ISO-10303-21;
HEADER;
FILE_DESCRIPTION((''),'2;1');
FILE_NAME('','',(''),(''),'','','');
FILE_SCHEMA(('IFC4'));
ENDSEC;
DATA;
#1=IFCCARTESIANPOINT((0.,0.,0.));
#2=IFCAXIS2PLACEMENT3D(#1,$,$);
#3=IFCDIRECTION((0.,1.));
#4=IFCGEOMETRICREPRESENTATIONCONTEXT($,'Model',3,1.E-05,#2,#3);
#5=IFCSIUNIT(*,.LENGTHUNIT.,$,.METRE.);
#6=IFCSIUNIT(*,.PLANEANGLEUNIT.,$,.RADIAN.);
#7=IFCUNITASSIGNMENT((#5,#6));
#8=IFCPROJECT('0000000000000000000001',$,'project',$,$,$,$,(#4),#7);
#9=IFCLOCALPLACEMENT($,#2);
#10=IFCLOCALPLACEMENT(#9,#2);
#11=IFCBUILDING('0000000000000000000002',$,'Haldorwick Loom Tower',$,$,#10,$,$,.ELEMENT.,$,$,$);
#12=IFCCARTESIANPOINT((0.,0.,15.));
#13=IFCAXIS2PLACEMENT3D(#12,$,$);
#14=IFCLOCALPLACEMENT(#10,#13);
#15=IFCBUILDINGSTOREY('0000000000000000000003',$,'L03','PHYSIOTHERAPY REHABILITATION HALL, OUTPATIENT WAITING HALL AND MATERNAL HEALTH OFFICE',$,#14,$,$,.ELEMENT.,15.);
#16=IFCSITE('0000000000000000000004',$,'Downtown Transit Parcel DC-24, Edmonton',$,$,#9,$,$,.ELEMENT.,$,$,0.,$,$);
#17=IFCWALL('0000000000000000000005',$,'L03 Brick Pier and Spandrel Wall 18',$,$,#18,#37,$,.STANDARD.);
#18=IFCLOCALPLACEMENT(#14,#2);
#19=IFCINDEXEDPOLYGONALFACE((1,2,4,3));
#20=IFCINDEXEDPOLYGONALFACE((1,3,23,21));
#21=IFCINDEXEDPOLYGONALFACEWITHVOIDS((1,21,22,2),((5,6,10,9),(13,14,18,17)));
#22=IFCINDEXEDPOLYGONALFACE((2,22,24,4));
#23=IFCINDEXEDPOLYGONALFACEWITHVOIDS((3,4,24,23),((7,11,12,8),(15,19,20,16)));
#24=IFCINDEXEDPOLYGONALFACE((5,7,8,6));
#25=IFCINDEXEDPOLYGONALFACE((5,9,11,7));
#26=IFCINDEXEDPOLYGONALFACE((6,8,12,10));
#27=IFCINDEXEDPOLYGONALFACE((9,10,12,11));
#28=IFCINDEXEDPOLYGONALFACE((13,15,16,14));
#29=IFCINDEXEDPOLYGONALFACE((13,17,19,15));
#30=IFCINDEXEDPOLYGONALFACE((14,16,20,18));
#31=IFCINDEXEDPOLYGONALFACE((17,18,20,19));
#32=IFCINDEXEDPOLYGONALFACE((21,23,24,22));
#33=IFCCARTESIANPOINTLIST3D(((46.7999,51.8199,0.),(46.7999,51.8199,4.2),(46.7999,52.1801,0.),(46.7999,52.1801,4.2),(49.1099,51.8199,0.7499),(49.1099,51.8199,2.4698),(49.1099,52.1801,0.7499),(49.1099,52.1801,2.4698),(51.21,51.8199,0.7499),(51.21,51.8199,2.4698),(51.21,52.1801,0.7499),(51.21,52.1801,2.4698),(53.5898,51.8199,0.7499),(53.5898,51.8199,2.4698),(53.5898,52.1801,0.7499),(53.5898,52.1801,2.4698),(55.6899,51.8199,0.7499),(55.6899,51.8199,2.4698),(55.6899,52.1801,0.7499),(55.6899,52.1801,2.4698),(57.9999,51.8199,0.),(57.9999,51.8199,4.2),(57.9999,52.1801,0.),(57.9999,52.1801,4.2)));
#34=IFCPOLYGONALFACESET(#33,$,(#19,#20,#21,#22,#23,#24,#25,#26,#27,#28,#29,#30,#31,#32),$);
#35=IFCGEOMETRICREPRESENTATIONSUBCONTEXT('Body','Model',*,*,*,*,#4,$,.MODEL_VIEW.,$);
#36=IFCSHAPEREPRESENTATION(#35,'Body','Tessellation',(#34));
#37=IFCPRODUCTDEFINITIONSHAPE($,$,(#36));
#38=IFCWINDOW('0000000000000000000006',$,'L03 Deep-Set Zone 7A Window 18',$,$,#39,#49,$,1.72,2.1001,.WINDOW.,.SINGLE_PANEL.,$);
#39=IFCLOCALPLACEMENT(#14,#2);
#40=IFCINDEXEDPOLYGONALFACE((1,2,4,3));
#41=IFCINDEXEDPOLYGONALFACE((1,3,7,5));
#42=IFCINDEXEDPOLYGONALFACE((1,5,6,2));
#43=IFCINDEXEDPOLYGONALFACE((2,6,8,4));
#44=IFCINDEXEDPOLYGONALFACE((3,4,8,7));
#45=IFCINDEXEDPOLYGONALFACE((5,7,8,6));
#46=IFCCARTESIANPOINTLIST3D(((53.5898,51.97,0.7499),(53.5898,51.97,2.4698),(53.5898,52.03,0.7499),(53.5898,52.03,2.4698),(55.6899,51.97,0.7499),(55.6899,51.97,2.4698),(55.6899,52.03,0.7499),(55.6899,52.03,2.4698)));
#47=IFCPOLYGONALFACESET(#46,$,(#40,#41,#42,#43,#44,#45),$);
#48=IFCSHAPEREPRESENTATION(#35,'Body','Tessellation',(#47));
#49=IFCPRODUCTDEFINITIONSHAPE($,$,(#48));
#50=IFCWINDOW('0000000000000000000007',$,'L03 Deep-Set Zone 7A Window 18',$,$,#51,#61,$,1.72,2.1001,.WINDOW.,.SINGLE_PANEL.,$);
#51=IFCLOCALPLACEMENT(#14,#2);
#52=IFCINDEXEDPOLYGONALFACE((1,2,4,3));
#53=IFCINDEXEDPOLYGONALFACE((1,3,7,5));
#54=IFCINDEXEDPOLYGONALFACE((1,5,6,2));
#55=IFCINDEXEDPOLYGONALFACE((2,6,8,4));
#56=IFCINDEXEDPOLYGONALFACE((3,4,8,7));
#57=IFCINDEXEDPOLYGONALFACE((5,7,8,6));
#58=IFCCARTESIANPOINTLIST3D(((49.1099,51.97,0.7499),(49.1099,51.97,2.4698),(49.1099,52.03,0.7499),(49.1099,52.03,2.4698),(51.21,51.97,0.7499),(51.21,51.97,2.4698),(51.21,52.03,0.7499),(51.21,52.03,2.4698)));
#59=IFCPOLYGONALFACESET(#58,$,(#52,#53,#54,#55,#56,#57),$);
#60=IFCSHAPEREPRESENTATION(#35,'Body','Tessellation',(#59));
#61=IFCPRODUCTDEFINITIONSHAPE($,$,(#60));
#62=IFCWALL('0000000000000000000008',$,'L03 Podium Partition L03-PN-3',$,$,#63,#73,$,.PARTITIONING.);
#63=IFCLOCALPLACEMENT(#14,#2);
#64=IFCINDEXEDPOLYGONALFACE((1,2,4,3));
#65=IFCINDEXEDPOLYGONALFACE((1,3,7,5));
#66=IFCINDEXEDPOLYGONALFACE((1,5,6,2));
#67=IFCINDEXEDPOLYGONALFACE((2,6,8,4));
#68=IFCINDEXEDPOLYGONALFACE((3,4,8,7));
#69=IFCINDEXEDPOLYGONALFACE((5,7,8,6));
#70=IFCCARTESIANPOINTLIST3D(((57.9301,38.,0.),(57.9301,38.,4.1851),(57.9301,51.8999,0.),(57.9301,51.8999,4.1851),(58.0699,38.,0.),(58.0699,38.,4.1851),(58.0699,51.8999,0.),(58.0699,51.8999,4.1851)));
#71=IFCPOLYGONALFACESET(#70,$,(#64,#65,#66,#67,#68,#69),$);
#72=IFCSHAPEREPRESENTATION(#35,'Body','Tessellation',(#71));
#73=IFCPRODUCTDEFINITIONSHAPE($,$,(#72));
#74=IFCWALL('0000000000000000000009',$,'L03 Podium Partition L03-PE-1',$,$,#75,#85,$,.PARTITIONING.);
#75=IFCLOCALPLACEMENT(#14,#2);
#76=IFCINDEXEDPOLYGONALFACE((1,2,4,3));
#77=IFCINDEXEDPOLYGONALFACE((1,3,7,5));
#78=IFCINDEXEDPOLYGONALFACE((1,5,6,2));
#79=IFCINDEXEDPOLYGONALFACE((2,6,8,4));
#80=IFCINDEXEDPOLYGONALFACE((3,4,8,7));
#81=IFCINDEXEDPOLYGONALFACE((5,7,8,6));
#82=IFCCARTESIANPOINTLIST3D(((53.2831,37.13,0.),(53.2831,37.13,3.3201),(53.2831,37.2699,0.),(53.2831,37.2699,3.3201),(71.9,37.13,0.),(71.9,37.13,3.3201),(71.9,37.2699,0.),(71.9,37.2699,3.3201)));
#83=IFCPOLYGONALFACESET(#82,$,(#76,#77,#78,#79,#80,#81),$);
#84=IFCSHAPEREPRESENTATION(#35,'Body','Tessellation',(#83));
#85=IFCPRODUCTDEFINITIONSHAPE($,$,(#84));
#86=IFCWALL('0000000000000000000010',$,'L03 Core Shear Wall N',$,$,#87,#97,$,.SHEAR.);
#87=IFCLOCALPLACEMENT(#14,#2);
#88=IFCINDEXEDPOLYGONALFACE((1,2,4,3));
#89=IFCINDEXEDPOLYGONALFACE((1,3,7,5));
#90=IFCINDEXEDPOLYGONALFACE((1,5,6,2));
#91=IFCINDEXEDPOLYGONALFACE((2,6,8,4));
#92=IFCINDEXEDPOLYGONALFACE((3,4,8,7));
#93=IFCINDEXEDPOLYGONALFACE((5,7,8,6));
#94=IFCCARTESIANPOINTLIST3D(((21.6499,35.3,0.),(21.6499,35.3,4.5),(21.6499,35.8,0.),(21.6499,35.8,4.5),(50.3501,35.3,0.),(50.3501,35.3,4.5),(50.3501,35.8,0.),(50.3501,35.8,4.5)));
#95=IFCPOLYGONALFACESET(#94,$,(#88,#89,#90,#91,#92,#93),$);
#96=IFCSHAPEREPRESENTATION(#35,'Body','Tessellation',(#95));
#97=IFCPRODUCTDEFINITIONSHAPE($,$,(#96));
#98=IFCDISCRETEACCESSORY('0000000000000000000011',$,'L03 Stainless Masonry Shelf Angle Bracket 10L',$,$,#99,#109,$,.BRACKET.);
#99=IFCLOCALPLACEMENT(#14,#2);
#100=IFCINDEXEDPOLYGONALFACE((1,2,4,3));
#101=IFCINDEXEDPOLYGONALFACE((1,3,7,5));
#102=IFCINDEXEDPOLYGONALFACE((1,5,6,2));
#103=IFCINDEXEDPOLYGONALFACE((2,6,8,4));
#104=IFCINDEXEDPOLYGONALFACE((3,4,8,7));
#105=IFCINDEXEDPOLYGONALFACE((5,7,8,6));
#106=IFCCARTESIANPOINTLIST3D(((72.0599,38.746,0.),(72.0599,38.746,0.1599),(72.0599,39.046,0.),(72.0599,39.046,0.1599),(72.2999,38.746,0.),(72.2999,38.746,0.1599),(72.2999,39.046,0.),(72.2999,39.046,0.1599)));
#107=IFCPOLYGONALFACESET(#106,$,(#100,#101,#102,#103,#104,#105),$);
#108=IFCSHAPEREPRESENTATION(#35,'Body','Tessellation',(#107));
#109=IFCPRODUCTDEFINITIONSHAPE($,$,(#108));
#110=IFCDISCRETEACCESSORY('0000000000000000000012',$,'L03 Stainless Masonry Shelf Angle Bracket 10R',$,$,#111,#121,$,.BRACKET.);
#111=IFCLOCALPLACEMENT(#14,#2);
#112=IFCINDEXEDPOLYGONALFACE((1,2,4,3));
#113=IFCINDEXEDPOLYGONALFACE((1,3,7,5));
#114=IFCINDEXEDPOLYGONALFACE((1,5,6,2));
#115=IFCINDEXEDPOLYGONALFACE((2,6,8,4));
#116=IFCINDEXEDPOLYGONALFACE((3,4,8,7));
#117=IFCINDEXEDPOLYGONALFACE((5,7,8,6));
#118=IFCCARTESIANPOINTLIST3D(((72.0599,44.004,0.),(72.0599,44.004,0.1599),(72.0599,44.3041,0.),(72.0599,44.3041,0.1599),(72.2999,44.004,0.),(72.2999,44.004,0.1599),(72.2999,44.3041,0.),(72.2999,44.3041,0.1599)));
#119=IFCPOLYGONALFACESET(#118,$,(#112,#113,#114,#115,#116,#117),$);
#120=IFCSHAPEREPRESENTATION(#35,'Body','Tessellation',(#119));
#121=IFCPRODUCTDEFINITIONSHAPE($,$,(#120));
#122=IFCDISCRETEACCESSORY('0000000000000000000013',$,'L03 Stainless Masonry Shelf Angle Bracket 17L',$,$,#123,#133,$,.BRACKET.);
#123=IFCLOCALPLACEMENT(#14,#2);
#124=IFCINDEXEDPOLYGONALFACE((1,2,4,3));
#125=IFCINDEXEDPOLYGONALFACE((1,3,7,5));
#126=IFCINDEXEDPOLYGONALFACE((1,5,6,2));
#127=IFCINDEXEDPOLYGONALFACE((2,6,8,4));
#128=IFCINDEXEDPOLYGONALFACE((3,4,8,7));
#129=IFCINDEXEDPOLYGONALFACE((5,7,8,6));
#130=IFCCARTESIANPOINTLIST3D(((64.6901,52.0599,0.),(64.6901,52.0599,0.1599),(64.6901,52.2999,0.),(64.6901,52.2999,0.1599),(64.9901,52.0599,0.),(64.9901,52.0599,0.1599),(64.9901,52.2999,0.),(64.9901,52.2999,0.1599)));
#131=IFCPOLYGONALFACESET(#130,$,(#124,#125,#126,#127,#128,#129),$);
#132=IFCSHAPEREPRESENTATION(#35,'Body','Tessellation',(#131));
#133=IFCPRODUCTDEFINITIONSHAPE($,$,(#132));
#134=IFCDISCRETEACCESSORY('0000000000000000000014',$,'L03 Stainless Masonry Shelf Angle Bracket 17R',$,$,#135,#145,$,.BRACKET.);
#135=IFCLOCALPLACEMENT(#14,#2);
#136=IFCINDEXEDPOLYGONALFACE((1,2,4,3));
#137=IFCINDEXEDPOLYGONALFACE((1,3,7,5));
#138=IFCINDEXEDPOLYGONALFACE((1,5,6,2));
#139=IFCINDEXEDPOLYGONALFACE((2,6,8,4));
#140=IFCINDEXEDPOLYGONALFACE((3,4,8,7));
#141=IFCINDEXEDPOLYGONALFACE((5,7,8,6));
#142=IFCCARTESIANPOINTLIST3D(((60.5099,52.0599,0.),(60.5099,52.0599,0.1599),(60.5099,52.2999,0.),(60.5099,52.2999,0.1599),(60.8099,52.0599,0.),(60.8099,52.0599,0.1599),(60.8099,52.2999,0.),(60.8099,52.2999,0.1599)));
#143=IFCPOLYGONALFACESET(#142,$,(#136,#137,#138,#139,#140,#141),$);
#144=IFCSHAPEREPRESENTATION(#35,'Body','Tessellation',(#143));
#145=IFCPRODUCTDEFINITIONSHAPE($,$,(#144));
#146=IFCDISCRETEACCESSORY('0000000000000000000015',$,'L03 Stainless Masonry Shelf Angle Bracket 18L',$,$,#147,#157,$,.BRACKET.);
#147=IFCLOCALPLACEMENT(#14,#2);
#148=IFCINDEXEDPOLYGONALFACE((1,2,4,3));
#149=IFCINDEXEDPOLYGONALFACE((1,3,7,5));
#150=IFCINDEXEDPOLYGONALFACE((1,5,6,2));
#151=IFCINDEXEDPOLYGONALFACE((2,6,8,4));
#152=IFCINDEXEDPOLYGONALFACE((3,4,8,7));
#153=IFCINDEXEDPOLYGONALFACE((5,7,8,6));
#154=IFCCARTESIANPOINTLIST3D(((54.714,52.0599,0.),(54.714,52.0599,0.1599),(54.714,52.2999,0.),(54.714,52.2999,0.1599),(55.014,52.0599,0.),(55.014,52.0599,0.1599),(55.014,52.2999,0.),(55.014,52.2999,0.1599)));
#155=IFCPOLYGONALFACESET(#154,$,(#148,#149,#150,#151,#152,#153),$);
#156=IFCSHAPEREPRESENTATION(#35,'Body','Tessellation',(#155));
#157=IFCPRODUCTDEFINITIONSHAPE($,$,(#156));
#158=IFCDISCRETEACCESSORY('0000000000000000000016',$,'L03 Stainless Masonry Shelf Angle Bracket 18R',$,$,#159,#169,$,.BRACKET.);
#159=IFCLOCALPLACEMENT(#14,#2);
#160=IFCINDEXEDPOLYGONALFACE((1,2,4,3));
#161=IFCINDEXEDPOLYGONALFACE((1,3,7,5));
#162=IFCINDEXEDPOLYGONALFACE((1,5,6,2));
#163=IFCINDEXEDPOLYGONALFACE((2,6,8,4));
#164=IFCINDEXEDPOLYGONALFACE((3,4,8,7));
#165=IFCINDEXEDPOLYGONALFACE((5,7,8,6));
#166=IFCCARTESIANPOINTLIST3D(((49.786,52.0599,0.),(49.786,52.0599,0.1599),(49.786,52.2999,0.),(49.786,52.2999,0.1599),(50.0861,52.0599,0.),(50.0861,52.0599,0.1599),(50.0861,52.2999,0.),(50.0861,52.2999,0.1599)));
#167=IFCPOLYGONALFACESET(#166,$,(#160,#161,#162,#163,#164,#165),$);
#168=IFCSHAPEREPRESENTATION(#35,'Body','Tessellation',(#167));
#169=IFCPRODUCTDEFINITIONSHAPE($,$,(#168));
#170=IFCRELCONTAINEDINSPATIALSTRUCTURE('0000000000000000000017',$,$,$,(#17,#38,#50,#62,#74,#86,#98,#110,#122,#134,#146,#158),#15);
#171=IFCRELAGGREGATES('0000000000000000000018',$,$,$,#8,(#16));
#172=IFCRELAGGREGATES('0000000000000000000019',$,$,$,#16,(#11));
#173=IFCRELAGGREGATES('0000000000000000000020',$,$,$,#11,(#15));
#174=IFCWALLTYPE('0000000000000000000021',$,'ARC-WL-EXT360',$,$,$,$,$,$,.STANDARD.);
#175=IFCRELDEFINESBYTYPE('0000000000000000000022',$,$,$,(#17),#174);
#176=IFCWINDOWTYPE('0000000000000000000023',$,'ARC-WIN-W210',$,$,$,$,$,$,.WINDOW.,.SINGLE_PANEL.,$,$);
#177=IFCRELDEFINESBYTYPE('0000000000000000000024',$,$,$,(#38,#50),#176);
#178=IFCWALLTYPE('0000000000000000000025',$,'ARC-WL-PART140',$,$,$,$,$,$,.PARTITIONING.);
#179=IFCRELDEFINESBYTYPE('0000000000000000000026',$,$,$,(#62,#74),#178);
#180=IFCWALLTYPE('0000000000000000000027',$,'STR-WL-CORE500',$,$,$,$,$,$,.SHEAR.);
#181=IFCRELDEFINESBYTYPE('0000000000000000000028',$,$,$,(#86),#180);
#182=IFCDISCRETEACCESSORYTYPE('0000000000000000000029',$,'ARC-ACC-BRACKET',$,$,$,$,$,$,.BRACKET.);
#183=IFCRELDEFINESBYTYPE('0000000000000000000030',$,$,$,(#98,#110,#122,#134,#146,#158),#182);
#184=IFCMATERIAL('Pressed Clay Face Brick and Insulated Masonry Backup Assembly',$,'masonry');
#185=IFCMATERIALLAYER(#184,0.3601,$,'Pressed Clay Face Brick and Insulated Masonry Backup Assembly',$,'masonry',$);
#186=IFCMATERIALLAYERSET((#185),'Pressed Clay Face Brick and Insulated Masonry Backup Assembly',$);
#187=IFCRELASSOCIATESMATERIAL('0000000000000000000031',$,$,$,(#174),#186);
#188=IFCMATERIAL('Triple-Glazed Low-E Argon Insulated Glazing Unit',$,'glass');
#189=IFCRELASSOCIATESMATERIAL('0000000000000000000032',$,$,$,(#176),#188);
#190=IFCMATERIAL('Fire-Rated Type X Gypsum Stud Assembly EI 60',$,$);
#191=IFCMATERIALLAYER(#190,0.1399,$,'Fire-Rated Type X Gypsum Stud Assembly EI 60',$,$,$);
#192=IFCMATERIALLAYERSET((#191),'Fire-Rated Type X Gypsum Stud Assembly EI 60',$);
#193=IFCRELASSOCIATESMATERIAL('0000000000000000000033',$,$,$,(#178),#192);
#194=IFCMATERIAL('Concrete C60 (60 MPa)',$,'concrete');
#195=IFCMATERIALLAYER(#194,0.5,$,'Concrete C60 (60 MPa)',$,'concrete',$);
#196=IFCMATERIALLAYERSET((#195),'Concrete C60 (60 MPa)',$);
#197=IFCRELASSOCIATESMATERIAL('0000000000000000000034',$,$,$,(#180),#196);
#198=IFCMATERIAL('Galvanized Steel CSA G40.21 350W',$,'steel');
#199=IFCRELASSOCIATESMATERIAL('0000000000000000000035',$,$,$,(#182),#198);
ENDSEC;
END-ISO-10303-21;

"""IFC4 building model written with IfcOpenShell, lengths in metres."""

from ifc_helpers import new_model, si_unit, direction, frame, frame_2d, origin, origin_2d, place, context, subcontext, project, spatial, rectangle, extrude, material, layer, layer_set, type_object, element, fill, save


model = new_model("IFC4")

# Units and contexts
model_context = context("Model", 3, precision=1e-05, world=origin(), true_north=direction((0.0, 1.0)))
body_context = subcontext(model_context, "Body", "Model", "MODEL_VIEW")
ifc_project = project(units=[si_unit("LENGTHUNIT", "METRE"), si_unit("PLANEANGLEUNIT", "RADIAN")], contexts=[model_context])

# Site, building, storey
site_placement = place(None, origin())
site = spatial("IfcSite", under=ifc_project, at=site_placement, Name="Downtown Transit Parcel DC-24, Edmonton", CompositionType="ELEMENT", RefElevation=0.0)
building_placement = place(site_placement, origin())
building = spatial("IfcBuilding", under=site, at=building_placement, Name="Haldorwick Loom Tower", CompositionType="ELEMENT")
storey_placement = place(building_placement, frame((0.0, 0.0, 15.0)))
storey = spatial("IfcBuildingStorey", under=building, at=storey_placement, Name="L03", Description="PHYSIOTHERAPY REHABILITATION HALL, OUTPATIENT WAITING HALL AND MATERNAL HEALTH OFFICE", CompositionType="ELEMENT", Elevation=15.0)

# Shared definitions
ifc_material_1 = material(Name="Concrete C60 (60 MPa)", Category="concrete")

# Shared definitions
ifc_material_2 = material(Name="Pressed Clay Face Brick and Insulated Masonry Backup Assembly", Category="masonry")
ifc_layer_1 = layer(ifc_material_2, 0.3601, Name="Pressed Clay Face Brick and Insulated Masonry Backup Assembly", Category="masonry")
ifc_layer_set_1 = layer_set([ifc_layer_1], Name="Pressed Clay Face Brick and Insulated Masonry Backup Assembly")
wall_type_1 = type_object("IfcWallType", Name="ARC-WL-EXT360", PredefinedType="STANDARD", material=ifc_layer_set_1)
ifc_material_3 = material(Name="Triple-Glazed Low-E Argon Insulated Glazing Unit", Category="glass")
window_type = type_object("IfcWindowType", Name="ARC-WIN-W210", PartitioningType="SINGLE_PANEL", PredefinedType="WINDOW", material=ifc_material_3)

# Wall, openings, windows
wall_1_placement = place(storey_placement, frame((58.0, 52.0, 0.0), z_axis=(0.0, 0.0, 1.0), x_axis=(-1.0, 0.0, 0.0)))
wall_1 = element("IfcWall", 1, at=wall_1_placement, inside=storey, type_object=wall_type_1, Name="L03 Brick Pier and Spandrel Wall 18", PredefinedType="STANDARD", context=body_context, shape_type="SweptSolid", body=[
    extrude(rectangle(XDim=11.2, YDim=0.3601, at=frame_2d((5.6001, 0.0))), origin(), (0.0, 0.0, 1.0), 4.2),
])
opening_1_placement = place(wall_1_placement, frame((2.3101, 0.0, 0.75)))
opening_1 = element("IfcOpeningElement", 2, at=opening_1_placement, cuts=wall_1, PredefinedType="OPENING", context=body_context, shape_type="SweptSolid", body=[
    extrude(rectangle(XDim=2.1001, YDim=1.72, at=frame_2d((1.05, 0.8599))), frame((0.0, 0.1899, 0.0), z_axis=(0.0, -1.0, 0.0), x_axis=(1.0, 0.0, 0.0)), (0.0, 0.0, 1.0), 0.3801),
])
opening_2_placement = place(wall_1_placement, frame((6.79, 0.0, 0.75)))
opening_2 = element("IfcOpeningElement", 3, at=opening_2_placement, cuts=wall_1, PredefinedType="OPENING", context=body_context, shape_type="SweptSolid", body=[
    extrude(rectangle(XDim=2.1001, YDim=1.72, at=frame_2d((1.05, 0.8599))), frame((0.0, 0.1899, 0.0), z_axis=(0.0, -1.0, 0.0), x_axis=(1.0, 0.0, 0.0)), (0.0, 0.0, 1.0), 0.3801),
])
window_1_placement = place(opening_1_placement, origin())
window_1 = element("IfcWindow", 4, at=window_1_placement, inside=storey, type_object=window_type, Name="L03 Deep-Set Zone 7A Window 18", OverallHeight=1.72, OverallWidth=2.1001, PartitioningType="SINGLE_PANEL", PredefinedType="WINDOW", context=body_context, shape_type="SweptSolid", body=[
    extrude(rectangle(XDim=2.1001, YDim=1.72, at=frame_2d((1.05, 0.8599))), frame((0.0, 0.03, 0.0), z_axis=(0.0, -1.0, 0.0), x_axis=(1.0, 0.0, 0.0)), (0.0, 0.0, 1.0), 0.0601),
])
fill(opening_1, window_1)
window_2_placement = place(opening_2_placement, origin())
window_2 = element("IfcWindow", 5, at=window_2_placement, inside=storey, type_object=window_type, Name="L03 Deep-Set Zone 7A Window 18", OverallHeight=1.72, OverallWidth=2.1001, PartitioningType="SINGLE_PANEL", PredefinedType="WINDOW", context=body_context, shape_type="SweptSolid", body=[
    extrude(rectangle(XDim=2.1001, YDim=1.72, at=frame_2d((1.05, 0.8599))), frame((0.0, 0.03, 0.0), z_axis=(0.0, -1.0, 0.0), x_axis=(1.0, 0.0, 0.0)), (0.0, 0.0, 1.0), 0.0601),
])
fill(opening_2, window_2)

# Walls
ifc_material_4 = material(Name="Fire-Rated Type X Gypsum Stud Assembly EI 60")
ifc_layer_2 = layer(ifc_material_4, 0.1399, Name="Fire-Rated Type X Gypsum Stud Assembly EI 60")
ifc_layer_set_2 = layer_set([ifc_layer_2], Name="Fire-Rated Type X Gypsum Stud Assembly EI 60")
wall_type_2 = type_object("IfcWallType", Name="ARC-WL-PART140", PredefinedType="PARTITIONING", material=ifc_layer_set_2)
wall_2_placement = place(storey_placement, frame((58.0, 38.0, 0.0), z_axis=(0.0, 0.0, 1.0), x_axis=(0.0, 1.0, 0.0)))
element("IfcWall", 6, at=wall_2_placement, inside=storey, type_object=wall_type_2, Name="L03 Podium Partition L03-PN-3", PredefinedType="PARTITIONING", context=body_context, shape_type="SweptSolid", body=[
    extrude(rectangle(XDim=13.8999, YDim=0.1399, at=frame_2d((6.95, 0.0))), origin(), (0.0, 0.0, 1.0), 4.1851),
])
wall_3_placement = place(storey_placement, frame((53.283, 37.2, 0.0), z_axis=(0.0, 0.0, 1.0), x_axis=(1.0, 0.0, 0.0)))
element("IfcWall", 7, at=wall_3_placement, inside=storey, type_object=wall_type_2, Name="L03 Podium Partition L03-PE-1", PredefinedType="PARTITIONING", context=body_context, shape_type="SweptSolid", body=[
    extrude(rectangle(XDim=18.6169, YDim=0.1399, at=frame_2d((9.3086, 0.0))), origin(), (0.0, 0.0, 1.0), 3.3201),
])
ifc_layer_3 = layer(ifc_material_1, 0.5, Name="Concrete C60 (60 MPa)", Category="concrete")
ifc_layer_set_3 = layer_set([ifc_layer_3], Name="Concrete C60 (60 MPa)")
wall_type_3 = type_object("IfcWallType", Name="STR-WL-CORE500", PredefinedType="SHEAR", material=ifc_layer_set_3)
wall_4_placement = place(storey_placement, frame((50.3501, 35.55, 0.0), z_axis=(0.0, 0.0, 1.0), x_axis=(-1.0, 0.0, 0.0)))
element("IfcWall", 8, at=wall_4_placement, inside=storey, type_object=wall_type_3, Name="L03 Core Shear Wall N", PredefinedType="SHEAR", context=body_context, shape_type="SweptSolid", body=[
    extrude(rectangle(XDim=28.7002, YDim=0.5, at=frame_2d((14.3501, 0.0))), origin(), (0.0, 0.0, 1.0), 4.5),
])

# Discrete accessories
ifc_material_5 = material(Name="Galvanized Steel CSA G40.21 350W", Category="steel")
discrete_accessory_type = type_object("IfcDiscreteAccessoryType", Name="ARC-ACC-BRACKET", PredefinedType="BRACKET", material=ifc_material_5)
for number, where, z_axis, x_axis, name in (
    (9, (72.1799, 38.896, 0.0), (0.0, 0.0, 1.0), (0.0, 1.0, 0.0), "L03 Stainless Masonry Shelf Angle Bracket 10L"),
    (10, (72.1799, 44.1541, 0.0), (0.0, 0.0, 1.0), (0.0, 1.0, 0.0), "L03 Stainless Masonry Shelf Angle Bracket 10R"),
    (11, (64.8401, 52.1799, 0.0), (0.0, 0.0, 1.0), (-1.0, 0.0, 0.0), "L03 Stainless Masonry Shelf Angle Bracket 17L"),
    (12, (60.6599, 52.1799, 0.0), (0.0, 0.0, 1.0), (-1.0, 0.0, 0.0), "L03 Stainless Masonry Shelf Angle Bracket 17R"),
    (13, (54.864, 52.1799, 0.0), (0.0, 0.0, 1.0), (-1.0, 0.0, 0.0), "L03 Stainless Masonry Shelf Angle Bracket 18L"),
    (14, (49.936, 52.1799, 0.0), (0.0, 0.0, 1.0), (-1.0, 0.0, 0.0), "L03 Stainless Masonry Shelf Angle Bracket 18R"),
):
    element("IfcDiscreteAccessory", number, at=place(storey_placement, frame(where, z_axis=z_axis, x_axis=x_axis)), inside=storey, type_object=discrete_accessory_type, Name=name, PredefinedType="BRACKET", context=body_context, shape_type="SweptSolid", body=[
        extrude(rectangle(XDim=0.3, YDim=0.24, at=origin_2d()), origin(), (0.0, 0.0, 1.0), 0.1599),
    ])

save(model, "model.ifc")
